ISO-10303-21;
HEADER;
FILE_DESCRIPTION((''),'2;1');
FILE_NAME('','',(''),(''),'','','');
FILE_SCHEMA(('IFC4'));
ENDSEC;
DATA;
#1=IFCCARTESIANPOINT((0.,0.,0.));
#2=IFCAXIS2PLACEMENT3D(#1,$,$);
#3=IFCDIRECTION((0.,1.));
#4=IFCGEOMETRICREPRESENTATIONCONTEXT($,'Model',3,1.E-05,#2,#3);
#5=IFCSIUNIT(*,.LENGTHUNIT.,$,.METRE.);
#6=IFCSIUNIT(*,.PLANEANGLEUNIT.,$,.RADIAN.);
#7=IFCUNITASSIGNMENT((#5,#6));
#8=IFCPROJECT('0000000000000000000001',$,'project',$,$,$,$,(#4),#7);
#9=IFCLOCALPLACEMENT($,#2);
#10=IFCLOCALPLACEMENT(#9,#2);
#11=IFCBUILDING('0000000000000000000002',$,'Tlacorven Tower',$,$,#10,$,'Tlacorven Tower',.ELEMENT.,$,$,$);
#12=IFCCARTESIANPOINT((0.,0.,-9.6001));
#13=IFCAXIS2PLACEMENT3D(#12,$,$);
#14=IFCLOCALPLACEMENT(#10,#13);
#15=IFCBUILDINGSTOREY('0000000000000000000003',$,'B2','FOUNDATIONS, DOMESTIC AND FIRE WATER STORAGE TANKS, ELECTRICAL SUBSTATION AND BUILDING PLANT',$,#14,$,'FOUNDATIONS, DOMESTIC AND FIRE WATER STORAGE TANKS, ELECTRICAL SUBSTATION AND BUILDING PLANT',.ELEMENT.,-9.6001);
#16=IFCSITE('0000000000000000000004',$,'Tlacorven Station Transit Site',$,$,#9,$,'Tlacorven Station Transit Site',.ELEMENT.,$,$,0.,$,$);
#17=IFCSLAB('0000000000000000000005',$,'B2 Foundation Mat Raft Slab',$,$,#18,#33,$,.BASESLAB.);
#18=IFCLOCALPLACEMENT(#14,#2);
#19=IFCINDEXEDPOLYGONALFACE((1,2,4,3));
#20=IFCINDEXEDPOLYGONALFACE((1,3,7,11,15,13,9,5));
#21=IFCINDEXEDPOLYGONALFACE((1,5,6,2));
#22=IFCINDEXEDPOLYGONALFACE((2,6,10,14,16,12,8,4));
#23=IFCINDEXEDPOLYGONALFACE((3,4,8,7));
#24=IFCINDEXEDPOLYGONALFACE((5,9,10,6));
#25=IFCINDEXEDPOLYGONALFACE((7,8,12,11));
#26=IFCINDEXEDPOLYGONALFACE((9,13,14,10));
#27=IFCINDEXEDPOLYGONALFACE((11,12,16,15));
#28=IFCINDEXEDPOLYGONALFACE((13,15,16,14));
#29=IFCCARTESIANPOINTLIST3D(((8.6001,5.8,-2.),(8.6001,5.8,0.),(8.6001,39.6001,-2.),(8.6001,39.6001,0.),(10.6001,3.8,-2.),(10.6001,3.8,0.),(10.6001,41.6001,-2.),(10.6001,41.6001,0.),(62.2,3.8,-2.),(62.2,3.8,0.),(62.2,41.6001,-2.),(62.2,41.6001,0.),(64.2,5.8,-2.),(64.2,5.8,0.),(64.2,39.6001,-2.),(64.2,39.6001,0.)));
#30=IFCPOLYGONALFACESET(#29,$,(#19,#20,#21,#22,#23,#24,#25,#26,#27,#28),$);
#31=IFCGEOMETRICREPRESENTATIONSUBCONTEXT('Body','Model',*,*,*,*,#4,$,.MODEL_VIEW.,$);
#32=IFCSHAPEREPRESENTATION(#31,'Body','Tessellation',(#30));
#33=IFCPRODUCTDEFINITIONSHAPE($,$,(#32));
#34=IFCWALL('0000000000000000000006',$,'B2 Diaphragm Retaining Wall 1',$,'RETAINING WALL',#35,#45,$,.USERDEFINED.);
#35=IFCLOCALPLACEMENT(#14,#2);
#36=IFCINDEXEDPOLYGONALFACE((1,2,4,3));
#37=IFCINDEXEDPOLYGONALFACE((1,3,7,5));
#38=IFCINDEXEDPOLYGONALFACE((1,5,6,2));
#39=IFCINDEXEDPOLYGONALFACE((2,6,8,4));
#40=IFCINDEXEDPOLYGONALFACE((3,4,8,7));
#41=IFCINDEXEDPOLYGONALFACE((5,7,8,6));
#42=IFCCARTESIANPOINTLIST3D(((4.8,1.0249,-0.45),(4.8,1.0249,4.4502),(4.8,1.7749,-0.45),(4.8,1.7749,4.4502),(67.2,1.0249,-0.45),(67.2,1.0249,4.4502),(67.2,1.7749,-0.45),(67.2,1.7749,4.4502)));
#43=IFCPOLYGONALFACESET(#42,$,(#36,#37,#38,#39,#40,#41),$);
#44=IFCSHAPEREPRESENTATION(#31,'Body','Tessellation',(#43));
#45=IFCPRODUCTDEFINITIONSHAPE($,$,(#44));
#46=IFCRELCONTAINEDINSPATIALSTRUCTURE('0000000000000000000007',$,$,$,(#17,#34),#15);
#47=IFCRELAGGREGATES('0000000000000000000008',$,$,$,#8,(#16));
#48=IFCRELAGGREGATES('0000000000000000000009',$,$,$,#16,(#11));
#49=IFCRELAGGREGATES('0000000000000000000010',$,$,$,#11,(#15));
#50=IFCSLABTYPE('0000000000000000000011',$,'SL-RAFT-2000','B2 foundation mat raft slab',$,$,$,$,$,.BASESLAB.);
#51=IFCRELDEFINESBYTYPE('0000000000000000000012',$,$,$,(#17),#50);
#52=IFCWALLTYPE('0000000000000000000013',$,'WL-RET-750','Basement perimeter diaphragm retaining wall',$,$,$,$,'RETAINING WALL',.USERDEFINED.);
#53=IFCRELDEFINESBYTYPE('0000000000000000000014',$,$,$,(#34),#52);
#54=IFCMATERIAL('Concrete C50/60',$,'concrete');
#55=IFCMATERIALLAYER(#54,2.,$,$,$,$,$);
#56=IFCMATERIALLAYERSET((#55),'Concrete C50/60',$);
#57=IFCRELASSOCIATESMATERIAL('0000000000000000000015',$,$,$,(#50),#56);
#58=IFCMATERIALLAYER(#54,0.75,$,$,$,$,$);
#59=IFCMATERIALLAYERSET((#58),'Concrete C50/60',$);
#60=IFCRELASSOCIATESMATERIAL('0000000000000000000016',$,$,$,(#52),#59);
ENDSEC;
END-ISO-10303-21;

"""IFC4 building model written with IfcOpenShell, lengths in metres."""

from ifc_helpers import new_model, si_unit, direction, frame, frame_2d, origin, place, context, subcontext, project, spatial, polyline, rectangle, outline, extrude, material, layer, layer_set, type_object, element, save


model = new_model("IFC4")

# Units and contexts
model_context = context("Model", 3, precision=1e-05, world=origin(), true_north=direction((0.0, 1.0)))
body_context = subcontext(model_context, "Body", "Model", "MODEL_VIEW")
ifc_project = project(units=[si_unit("LENGTHUNIT", "METRE"), si_unit("PLANEANGLEUNIT", "RADIAN")], contexts=[model_context])

# Site, building, storey
site_placement = place(None, origin())
site = spatial("IfcSite", under=ifc_project, at=site_placement, Name="Tlacorven Station Transit Site", LongName="Tlacorven Station Transit Site", CompositionType="ELEMENT", RefElevation=0.0)
building_placement = place(site_placement, origin())
building = spatial("IfcBuilding", under=site, at=building_placement, Name="Tlacorven Tower", LongName="Tlacorven Tower", CompositionType="ELEMENT")
storey_placement = place(building_placement, frame((0.0, 0.0, -9.6001)))
storey = spatial("IfcBuildingStorey", under=building, at=storey_placement, Name="B2", Description="FOUNDATIONS, DOMESTIC AND FIRE WATER STORAGE TANKS, ELECTRICAL SUBSTATION AND BUILDING PLANT", LongName="FOUNDATIONS, DOMESTIC AND FIRE WATER STORAGE TANKS, ELECTRICAL SUBSTATION AND BUILDING PLANT", CompositionType="ELEMENT", Elevation=-9.6001)

# Shared definitions
ifc_material_1 = material(Name="Concrete C50/60", Category="concrete")

# Slab
ifc_layer_1 = layer(ifc_material_1, 2.0)
ifc_layer_set_1 = layer_set([ifc_layer_1], Name="Concrete C50/60")
slab_type_1 = type_object("IfcSlabType", Name="SL-RAFT-2000", Description="B2 foundation mat raft slab", PredefinedType="BASESLAB", material=ifc_layer_set_1)
slab_1_placement = place(storey_placement, frame((0.0, 0.0, -2.0)))
element("IfcSlab", 1, at=slab_1_placement, inside=storey, type_object=slab_type_1, Name="B2 Foundation Mat Raft Slab", PredefinedType="BASESLAB", context=body_context, shape_type="SweptSolid", body=[
    extrude(outline(polyline([(10.6001, 3.8), (62.2, 3.8), (64.2, 5.8), (64.2, 39.6001), (62.2, 41.6001), (10.6001, 41.6001), (8.6001, 39.6001), (8.6001, 5.8), (10.6001, 3.8)])), origin(), (0.0, 0.0, 1.0), 2.0),
])

# Wall
ifc_layer_2 = layer(ifc_material_1, 0.75)
ifc_layer_set_2 = layer_set([ifc_layer_2], Name="Concrete C50/60")
wall_type = type_object("IfcWallType", Name="WL-RET-750", Description="Basement perimeter diaphragm retaining wall", ElementType="RETAINING WALL", PredefinedType="USERDEFINED", material=ifc_layer_set_2)
wall_placement = place(storey_placement, frame((4.8, 1.3999, -0.45), z_axis=(0.0, 0.0, 1.0), x_axis=(1.0, 0.0, 0.0)))
element("IfcWall", 2, at=wall_placement, inside=storey, type_object=wall_type, Name="B2 Diaphragm Retaining Wall 1", ObjectType="RETAINING WALL", PredefinedType="USERDEFINED", context=body_context, shape_type="SweptSolid", body=[
    extrude(rectangle(XDim=62.3999, YDim=0.75, at=frame_2d((31.2, 0.0))), origin(), (0.0, 0.0, 1.0), 4.9001),
])

save(model, "model.ifc")
